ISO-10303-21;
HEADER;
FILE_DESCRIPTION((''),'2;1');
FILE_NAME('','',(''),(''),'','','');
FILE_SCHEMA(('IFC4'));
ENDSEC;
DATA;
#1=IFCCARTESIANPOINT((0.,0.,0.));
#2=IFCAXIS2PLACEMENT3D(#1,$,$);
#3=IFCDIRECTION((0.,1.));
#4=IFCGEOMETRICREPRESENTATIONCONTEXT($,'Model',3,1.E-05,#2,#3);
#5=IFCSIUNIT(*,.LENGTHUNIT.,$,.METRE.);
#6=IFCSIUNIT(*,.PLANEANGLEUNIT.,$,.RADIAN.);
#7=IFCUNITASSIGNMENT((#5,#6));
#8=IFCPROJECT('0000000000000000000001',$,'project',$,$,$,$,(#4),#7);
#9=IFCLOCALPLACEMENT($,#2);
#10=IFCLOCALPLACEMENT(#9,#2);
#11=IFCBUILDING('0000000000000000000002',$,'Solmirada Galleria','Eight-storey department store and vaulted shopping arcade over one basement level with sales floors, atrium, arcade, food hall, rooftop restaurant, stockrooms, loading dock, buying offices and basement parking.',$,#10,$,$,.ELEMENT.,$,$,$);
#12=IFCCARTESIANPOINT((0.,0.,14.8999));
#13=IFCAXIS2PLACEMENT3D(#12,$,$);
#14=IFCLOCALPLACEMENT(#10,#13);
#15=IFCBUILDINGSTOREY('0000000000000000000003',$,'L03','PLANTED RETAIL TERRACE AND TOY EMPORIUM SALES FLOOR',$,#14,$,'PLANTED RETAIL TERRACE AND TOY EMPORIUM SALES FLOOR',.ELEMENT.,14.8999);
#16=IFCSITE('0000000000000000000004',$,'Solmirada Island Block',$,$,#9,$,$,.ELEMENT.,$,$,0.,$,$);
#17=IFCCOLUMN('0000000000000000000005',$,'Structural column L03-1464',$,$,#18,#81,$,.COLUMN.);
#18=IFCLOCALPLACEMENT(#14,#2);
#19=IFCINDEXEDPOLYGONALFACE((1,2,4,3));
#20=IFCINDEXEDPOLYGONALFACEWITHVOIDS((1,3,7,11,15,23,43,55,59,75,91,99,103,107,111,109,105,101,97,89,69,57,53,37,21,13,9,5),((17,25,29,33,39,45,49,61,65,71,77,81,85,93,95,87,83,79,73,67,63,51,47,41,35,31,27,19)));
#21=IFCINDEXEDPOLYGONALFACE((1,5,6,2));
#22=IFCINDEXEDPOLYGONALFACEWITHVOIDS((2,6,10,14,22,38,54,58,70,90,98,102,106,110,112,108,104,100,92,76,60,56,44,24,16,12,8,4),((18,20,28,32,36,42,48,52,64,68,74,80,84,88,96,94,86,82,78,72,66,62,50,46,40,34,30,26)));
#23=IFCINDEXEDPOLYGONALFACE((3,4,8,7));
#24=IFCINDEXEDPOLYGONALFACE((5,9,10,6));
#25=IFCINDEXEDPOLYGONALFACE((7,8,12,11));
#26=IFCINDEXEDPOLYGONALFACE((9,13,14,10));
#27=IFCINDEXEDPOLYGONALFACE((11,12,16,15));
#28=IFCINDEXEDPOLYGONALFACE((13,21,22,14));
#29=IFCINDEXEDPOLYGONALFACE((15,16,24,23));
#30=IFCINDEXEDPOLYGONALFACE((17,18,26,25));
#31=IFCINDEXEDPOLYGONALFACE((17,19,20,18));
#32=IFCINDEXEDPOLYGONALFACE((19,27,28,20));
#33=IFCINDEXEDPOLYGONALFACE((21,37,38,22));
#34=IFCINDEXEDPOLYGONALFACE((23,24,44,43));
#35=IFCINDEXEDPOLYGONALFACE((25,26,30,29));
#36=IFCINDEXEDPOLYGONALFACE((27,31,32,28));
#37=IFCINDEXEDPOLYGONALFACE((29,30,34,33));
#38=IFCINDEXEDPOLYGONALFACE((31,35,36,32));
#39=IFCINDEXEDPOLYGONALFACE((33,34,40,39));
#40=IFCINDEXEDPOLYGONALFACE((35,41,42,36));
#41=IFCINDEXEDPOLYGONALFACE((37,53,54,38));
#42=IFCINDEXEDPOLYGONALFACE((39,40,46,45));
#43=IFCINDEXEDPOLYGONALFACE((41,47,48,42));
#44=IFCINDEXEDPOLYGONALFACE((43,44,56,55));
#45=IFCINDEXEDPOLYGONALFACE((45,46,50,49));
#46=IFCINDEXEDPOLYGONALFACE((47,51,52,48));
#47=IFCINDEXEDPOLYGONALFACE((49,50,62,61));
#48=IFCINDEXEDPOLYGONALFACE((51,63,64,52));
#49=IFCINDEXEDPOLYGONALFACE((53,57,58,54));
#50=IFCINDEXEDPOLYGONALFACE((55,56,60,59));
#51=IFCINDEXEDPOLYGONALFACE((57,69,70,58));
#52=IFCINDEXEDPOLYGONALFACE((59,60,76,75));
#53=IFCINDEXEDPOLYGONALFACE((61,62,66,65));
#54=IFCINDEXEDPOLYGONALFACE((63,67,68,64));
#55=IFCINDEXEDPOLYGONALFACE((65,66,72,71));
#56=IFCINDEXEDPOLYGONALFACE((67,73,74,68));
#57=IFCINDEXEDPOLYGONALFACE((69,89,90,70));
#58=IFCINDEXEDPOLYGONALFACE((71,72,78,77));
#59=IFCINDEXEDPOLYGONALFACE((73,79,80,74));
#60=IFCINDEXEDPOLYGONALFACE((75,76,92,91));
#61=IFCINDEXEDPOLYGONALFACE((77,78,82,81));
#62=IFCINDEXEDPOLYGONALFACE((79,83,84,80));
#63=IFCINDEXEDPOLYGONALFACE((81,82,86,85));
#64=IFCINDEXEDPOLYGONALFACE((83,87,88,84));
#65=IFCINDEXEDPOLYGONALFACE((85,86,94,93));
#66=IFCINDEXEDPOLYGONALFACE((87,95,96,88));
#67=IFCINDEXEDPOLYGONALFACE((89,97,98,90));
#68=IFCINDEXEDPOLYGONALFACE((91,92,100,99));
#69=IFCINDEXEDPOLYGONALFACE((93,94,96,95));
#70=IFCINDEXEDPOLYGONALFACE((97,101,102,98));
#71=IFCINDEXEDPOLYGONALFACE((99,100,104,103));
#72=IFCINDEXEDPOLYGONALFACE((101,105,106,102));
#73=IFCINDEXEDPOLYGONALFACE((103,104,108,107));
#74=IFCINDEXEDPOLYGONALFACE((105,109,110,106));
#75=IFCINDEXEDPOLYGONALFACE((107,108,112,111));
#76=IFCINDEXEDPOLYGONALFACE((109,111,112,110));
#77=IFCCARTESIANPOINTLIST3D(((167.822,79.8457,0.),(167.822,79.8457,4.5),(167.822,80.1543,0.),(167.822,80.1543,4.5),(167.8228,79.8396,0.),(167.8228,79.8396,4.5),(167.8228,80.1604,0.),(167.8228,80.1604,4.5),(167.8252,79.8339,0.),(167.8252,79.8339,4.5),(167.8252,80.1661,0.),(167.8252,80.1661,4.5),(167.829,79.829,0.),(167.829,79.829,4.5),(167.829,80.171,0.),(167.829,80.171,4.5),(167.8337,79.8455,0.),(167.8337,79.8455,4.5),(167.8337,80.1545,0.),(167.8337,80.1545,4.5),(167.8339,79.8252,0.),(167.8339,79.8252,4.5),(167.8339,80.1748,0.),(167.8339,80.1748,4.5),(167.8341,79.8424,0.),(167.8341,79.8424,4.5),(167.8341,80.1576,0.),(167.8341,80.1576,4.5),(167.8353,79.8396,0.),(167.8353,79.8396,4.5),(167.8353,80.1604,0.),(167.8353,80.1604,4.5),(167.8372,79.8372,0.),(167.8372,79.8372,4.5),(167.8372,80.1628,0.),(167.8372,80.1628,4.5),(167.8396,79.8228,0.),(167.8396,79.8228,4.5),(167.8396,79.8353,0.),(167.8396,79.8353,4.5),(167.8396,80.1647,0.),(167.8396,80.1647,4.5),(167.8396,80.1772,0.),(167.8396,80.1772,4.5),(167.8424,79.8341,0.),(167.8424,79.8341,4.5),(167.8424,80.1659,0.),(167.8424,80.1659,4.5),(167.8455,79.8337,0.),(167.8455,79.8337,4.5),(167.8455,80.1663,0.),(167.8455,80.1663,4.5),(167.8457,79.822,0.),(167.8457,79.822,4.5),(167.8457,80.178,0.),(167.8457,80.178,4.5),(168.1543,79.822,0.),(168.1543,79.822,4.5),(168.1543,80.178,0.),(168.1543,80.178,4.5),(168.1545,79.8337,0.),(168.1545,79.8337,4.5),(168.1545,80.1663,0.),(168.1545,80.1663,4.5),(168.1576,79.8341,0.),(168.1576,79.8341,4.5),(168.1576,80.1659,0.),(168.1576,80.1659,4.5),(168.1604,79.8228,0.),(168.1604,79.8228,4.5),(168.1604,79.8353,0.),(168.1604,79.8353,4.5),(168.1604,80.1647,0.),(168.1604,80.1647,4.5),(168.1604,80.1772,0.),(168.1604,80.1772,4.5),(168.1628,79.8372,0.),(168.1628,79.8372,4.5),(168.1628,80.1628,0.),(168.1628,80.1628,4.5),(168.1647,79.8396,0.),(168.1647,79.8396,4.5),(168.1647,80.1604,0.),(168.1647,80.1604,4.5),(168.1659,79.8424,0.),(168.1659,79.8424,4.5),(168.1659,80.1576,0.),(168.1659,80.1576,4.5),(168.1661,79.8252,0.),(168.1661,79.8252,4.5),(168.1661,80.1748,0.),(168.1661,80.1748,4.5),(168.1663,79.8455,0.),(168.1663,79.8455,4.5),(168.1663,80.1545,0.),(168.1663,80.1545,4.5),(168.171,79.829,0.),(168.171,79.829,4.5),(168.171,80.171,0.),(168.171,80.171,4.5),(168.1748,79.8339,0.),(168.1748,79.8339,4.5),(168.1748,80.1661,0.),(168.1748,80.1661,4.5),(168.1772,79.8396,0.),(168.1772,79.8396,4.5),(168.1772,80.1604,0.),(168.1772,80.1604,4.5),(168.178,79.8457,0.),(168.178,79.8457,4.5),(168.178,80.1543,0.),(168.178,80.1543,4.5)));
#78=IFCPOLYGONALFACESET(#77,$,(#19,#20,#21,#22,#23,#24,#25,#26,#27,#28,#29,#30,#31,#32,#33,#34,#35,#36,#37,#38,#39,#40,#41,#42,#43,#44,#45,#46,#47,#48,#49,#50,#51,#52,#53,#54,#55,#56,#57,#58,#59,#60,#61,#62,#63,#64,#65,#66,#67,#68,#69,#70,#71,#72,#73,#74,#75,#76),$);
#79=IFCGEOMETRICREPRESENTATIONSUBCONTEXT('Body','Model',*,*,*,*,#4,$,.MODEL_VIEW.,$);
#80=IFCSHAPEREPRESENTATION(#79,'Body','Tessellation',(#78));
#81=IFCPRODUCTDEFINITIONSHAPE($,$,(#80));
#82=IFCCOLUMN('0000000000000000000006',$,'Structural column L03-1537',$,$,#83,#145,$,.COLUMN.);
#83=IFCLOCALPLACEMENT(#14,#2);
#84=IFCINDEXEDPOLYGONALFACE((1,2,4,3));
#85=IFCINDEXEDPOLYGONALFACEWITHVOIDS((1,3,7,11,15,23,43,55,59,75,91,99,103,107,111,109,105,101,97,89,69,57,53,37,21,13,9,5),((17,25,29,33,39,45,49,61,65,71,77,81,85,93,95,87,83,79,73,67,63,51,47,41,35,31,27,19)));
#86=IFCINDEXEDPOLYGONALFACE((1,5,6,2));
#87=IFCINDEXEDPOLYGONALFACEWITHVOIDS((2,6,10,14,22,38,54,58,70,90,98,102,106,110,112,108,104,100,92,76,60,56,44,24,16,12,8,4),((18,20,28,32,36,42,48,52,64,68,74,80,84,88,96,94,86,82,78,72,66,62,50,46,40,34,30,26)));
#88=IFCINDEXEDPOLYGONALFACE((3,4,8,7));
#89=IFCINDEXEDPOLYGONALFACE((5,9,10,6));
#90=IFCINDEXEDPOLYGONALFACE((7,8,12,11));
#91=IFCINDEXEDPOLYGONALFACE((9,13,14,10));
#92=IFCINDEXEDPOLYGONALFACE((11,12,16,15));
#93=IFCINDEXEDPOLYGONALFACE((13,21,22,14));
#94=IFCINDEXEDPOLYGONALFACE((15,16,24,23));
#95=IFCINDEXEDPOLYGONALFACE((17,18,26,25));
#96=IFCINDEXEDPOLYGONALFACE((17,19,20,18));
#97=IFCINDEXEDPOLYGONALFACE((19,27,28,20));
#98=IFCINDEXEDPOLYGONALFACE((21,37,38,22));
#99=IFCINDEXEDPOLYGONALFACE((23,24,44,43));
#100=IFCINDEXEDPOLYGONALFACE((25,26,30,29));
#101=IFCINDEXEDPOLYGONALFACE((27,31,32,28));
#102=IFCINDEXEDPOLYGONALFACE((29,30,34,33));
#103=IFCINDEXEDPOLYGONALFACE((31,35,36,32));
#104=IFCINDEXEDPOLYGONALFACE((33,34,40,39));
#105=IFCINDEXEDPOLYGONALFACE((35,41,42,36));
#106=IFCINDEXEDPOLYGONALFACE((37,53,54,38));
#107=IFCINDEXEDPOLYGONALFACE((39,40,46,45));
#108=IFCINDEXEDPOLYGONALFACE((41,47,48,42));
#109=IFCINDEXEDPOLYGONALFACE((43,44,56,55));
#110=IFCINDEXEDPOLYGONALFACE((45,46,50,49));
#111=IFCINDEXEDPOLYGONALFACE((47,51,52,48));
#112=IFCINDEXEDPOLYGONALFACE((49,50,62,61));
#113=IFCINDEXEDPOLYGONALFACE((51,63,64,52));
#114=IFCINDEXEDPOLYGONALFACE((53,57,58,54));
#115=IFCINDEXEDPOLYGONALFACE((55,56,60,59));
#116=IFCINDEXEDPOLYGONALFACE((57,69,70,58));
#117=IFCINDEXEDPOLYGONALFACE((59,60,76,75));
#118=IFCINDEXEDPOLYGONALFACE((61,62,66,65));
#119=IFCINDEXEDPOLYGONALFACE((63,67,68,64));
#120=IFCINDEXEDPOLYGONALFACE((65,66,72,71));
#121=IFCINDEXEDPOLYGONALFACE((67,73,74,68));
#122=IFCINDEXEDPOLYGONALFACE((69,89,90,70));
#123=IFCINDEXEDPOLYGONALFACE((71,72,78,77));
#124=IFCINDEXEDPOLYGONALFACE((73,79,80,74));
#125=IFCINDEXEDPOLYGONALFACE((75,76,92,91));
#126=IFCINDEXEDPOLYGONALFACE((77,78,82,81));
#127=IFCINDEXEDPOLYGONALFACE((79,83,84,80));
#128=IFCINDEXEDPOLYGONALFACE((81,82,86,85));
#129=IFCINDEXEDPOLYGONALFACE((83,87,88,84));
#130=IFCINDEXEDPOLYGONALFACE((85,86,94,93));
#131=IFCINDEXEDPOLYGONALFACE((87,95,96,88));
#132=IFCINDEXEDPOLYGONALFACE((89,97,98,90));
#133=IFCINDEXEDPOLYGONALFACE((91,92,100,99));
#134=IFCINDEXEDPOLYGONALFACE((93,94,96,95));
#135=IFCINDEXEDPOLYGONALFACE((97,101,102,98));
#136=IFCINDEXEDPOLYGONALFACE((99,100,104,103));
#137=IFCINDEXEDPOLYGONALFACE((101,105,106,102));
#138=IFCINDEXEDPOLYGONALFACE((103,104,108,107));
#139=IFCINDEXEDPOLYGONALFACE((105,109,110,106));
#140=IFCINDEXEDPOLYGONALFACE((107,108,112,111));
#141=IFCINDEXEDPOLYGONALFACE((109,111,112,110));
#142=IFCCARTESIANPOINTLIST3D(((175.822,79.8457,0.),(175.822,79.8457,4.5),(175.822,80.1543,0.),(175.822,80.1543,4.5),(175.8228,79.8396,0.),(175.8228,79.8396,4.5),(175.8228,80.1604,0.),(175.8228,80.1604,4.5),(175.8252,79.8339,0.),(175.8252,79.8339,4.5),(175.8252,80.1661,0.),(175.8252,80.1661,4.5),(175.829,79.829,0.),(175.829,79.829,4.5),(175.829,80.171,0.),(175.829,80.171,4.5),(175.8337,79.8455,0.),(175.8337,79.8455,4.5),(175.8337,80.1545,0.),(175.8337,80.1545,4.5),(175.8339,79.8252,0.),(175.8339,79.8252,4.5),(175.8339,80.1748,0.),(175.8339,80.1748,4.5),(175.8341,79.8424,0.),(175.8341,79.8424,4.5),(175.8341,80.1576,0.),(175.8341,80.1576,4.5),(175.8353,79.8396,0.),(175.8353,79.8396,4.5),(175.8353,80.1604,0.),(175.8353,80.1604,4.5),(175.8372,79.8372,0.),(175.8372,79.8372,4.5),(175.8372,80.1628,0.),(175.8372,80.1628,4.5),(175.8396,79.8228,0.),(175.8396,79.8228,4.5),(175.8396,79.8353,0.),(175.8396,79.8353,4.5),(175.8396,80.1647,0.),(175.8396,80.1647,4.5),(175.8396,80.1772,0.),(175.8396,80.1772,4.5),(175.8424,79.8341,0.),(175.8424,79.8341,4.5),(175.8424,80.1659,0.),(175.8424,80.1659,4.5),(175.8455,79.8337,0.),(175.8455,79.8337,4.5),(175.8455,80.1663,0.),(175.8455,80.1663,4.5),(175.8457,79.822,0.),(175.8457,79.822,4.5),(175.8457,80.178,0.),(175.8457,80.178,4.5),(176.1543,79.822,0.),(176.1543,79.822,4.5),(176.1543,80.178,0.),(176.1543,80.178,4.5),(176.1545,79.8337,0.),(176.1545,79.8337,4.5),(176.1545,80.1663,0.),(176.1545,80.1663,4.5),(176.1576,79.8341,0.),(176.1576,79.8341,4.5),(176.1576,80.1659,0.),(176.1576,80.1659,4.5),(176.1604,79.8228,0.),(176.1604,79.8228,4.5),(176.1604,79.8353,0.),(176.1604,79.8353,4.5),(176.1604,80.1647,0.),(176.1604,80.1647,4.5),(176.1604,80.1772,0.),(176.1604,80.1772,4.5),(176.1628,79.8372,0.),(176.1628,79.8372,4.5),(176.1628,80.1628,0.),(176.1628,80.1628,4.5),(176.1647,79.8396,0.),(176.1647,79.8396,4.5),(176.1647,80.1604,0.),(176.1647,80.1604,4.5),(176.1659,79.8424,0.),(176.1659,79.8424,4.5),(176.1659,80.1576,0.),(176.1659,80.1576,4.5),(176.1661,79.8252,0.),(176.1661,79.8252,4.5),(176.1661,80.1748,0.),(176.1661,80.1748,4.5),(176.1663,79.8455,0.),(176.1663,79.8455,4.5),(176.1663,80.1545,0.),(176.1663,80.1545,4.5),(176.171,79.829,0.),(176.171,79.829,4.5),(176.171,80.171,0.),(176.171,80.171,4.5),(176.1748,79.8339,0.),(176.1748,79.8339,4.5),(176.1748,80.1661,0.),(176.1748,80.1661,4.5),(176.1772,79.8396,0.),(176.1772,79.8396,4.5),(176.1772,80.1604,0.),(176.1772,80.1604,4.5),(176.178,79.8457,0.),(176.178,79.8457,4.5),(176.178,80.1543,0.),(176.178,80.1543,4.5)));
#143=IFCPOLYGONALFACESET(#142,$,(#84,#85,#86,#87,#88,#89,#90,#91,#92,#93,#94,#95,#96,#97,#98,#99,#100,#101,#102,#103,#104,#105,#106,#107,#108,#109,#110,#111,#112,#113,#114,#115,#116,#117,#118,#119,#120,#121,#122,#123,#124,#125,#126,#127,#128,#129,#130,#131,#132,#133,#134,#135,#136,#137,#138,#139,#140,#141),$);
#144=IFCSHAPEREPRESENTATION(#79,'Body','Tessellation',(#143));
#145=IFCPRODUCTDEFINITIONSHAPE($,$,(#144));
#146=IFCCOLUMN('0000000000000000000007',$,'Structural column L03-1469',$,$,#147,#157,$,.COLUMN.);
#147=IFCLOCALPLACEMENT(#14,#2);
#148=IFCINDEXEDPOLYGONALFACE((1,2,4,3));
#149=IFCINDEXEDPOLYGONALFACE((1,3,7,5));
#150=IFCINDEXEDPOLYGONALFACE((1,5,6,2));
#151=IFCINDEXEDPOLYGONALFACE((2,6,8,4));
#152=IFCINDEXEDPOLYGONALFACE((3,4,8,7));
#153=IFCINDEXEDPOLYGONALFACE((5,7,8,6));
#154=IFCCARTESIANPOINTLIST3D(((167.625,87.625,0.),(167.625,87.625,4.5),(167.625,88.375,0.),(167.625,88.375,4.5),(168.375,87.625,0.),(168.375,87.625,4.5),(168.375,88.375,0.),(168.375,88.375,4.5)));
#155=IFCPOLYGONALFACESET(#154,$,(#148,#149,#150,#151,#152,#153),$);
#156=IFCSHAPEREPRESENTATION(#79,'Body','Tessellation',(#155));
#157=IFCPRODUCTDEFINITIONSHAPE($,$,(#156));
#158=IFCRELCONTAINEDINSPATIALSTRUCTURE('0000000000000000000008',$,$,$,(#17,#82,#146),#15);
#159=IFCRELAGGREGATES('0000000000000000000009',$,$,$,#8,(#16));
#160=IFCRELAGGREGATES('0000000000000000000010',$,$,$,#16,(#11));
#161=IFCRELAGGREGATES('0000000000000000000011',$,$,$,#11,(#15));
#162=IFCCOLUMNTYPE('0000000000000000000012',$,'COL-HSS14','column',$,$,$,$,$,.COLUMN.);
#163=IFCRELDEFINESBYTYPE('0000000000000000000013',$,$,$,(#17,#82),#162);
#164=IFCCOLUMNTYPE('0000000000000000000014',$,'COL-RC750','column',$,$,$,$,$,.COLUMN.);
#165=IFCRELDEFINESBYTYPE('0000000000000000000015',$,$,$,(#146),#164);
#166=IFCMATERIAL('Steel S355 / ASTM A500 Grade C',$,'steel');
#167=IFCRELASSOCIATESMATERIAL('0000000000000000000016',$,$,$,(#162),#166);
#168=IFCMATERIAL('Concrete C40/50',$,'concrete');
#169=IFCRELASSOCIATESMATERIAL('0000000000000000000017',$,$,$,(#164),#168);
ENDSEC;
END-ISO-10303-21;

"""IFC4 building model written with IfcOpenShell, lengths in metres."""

from ifc_helpers import new_model, si_unit, direction, frame, origin, origin_2d, place, context, subcontext, project, spatial, rectangle, hollow_rectangle, extrude, material, material_profile, profile_set, type_object, element, save


model = new_model("IFC4")

# Units and contexts
model_context = context("Model", 3, precision=1e-05, world=origin(), true_north=direction((0.0, 1.0)))
body_context = subcontext(model_context, "Body", "Model", "MODEL_VIEW")
ifc_project = project(units=[si_unit("LENGTHUNIT", "METRE"), si_unit("PLANEANGLEUNIT", "RADIAN")], contexts=[model_context])

# Site, building, storey
site_placement = place(None, origin())
site = spatial("IfcSite", under=ifc_project, at=site_placement, Name="Solmirada Island Block", CompositionType="ELEMENT", RefElevation=0.0)
building_placement = place(site_placement, origin())
building = spatial("IfcBuilding", under=site, at=building_placement, Name="Solmirada Galleria", Description="Eight-storey department store and vaulted shopping arcade over one basement level with sales floors, atrium, arcade, food hall, rooftop restaurant, stockrooms, loading dock, buying offices and basement parking.", CompositionType="ELEMENT")
storey_placement = place(building_placement, frame((0.0, 0.0, 14.8999)))
storey = spatial("IfcBuildingStorey", under=building, at=storey_placement, Name="L03", Description="PLANTED RETAIL TERRACE AND TOY EMPORIUM SALES FLOOR", LongName="PLANTED RETAIL TERRACE AND TOY EMPORIUM SALES FLOOR", CompositionType="ELEMENT", Elevation=14.8999)

# Columns
ifc_material_1 = material(Name="Steel S355 / ASTM A500 Grade C", Category="steel")
ifc_material_profile_1 = material_profile(ifc_material_1, hollow_rectangle(XDim=0.356, YDim=0.356, WallThickness=0.0117, InnerFilletRadius=0.0117, OuterFilletRadius=0.0237, at=origin_2d()), Name="HSS14X14X1/2")
ifc_profile_set_1 = profile_set([ifc_material_profile_1], Name="Steel S355 / ASTM A500 Grade C")
column_type_1 = type_object("IfcColumnType", Name="COL-HSS14", Description="column", PredefinedType="COLUMN", material=ifc_profile_set_1)
for number, where, z_axis, x_axis, name in (
    (1, (168.0, 80.0, 0.0), (0.0, 0.0, 1.0), (1.0, 0.0, 0.0), "Structural column L03-1464"),
    (2, (176.0, 80.0, 0.0), (0.0, 0.0, 1.0), (1.0, 0.0, 0.0), "Structural column L03-1537"),
):
    element("IfcColumn", number, at=place(storey_placement, frame(where, z_axis=z_axis, x_axis=x_axis)), inside=storey, type_object=column_type_1, Name=name, PredefinedType="COLUMN", context=body_context, shape_type="SweptSolid", body=[
        extrude(hollow_rectangle(XDim=0.356, YDim=0.356, WallThickness=0.0117, InnerFilletRadius=0.0117, OuterFilletRadius=0.0237, at=origin_2d()), origin(), (0.0, 0.0, 1.0), 4.5),
    ])
ifc_material_2 = material(Name="Concrete C40/50", Category="concrete")
ifc_material_profile_2 = material_profile(ifc_material_2, rectangle(XDim=0.75, YDim=0.75, at=origin_2d()), Name="RC750X750")
ifc_profile_set_2 = profile_set([ifc_material_profile_2], Name="Concrete C40/50")
column_type_2 = type_object("IfcColumnType", Name="COL-RC750", Description="column", PredefinedType="COLUMN", material=ifc_profile_set_2)
column_placement = place(storey_placement, frame((168.0, 88.0, 0.0), z_axis=(0.0, 0.0, 1.0), x_axis=(1.0, 0.0, 0.0)))
element("IfcColumn", 3, at=column_placement, inside=storey, type_object=column_type_2, Name="Structural column L03-1469", PredefinedType="COLUMN", context=body_context, shape_type="SweptSolid", body=[
    extrude(rectangle(XDim=0.75, YDim=0.75, at=origin_2d()), origin(), (0.0, 0.0, 1.0), 4.5),
])

save(model, "model.ifc")
